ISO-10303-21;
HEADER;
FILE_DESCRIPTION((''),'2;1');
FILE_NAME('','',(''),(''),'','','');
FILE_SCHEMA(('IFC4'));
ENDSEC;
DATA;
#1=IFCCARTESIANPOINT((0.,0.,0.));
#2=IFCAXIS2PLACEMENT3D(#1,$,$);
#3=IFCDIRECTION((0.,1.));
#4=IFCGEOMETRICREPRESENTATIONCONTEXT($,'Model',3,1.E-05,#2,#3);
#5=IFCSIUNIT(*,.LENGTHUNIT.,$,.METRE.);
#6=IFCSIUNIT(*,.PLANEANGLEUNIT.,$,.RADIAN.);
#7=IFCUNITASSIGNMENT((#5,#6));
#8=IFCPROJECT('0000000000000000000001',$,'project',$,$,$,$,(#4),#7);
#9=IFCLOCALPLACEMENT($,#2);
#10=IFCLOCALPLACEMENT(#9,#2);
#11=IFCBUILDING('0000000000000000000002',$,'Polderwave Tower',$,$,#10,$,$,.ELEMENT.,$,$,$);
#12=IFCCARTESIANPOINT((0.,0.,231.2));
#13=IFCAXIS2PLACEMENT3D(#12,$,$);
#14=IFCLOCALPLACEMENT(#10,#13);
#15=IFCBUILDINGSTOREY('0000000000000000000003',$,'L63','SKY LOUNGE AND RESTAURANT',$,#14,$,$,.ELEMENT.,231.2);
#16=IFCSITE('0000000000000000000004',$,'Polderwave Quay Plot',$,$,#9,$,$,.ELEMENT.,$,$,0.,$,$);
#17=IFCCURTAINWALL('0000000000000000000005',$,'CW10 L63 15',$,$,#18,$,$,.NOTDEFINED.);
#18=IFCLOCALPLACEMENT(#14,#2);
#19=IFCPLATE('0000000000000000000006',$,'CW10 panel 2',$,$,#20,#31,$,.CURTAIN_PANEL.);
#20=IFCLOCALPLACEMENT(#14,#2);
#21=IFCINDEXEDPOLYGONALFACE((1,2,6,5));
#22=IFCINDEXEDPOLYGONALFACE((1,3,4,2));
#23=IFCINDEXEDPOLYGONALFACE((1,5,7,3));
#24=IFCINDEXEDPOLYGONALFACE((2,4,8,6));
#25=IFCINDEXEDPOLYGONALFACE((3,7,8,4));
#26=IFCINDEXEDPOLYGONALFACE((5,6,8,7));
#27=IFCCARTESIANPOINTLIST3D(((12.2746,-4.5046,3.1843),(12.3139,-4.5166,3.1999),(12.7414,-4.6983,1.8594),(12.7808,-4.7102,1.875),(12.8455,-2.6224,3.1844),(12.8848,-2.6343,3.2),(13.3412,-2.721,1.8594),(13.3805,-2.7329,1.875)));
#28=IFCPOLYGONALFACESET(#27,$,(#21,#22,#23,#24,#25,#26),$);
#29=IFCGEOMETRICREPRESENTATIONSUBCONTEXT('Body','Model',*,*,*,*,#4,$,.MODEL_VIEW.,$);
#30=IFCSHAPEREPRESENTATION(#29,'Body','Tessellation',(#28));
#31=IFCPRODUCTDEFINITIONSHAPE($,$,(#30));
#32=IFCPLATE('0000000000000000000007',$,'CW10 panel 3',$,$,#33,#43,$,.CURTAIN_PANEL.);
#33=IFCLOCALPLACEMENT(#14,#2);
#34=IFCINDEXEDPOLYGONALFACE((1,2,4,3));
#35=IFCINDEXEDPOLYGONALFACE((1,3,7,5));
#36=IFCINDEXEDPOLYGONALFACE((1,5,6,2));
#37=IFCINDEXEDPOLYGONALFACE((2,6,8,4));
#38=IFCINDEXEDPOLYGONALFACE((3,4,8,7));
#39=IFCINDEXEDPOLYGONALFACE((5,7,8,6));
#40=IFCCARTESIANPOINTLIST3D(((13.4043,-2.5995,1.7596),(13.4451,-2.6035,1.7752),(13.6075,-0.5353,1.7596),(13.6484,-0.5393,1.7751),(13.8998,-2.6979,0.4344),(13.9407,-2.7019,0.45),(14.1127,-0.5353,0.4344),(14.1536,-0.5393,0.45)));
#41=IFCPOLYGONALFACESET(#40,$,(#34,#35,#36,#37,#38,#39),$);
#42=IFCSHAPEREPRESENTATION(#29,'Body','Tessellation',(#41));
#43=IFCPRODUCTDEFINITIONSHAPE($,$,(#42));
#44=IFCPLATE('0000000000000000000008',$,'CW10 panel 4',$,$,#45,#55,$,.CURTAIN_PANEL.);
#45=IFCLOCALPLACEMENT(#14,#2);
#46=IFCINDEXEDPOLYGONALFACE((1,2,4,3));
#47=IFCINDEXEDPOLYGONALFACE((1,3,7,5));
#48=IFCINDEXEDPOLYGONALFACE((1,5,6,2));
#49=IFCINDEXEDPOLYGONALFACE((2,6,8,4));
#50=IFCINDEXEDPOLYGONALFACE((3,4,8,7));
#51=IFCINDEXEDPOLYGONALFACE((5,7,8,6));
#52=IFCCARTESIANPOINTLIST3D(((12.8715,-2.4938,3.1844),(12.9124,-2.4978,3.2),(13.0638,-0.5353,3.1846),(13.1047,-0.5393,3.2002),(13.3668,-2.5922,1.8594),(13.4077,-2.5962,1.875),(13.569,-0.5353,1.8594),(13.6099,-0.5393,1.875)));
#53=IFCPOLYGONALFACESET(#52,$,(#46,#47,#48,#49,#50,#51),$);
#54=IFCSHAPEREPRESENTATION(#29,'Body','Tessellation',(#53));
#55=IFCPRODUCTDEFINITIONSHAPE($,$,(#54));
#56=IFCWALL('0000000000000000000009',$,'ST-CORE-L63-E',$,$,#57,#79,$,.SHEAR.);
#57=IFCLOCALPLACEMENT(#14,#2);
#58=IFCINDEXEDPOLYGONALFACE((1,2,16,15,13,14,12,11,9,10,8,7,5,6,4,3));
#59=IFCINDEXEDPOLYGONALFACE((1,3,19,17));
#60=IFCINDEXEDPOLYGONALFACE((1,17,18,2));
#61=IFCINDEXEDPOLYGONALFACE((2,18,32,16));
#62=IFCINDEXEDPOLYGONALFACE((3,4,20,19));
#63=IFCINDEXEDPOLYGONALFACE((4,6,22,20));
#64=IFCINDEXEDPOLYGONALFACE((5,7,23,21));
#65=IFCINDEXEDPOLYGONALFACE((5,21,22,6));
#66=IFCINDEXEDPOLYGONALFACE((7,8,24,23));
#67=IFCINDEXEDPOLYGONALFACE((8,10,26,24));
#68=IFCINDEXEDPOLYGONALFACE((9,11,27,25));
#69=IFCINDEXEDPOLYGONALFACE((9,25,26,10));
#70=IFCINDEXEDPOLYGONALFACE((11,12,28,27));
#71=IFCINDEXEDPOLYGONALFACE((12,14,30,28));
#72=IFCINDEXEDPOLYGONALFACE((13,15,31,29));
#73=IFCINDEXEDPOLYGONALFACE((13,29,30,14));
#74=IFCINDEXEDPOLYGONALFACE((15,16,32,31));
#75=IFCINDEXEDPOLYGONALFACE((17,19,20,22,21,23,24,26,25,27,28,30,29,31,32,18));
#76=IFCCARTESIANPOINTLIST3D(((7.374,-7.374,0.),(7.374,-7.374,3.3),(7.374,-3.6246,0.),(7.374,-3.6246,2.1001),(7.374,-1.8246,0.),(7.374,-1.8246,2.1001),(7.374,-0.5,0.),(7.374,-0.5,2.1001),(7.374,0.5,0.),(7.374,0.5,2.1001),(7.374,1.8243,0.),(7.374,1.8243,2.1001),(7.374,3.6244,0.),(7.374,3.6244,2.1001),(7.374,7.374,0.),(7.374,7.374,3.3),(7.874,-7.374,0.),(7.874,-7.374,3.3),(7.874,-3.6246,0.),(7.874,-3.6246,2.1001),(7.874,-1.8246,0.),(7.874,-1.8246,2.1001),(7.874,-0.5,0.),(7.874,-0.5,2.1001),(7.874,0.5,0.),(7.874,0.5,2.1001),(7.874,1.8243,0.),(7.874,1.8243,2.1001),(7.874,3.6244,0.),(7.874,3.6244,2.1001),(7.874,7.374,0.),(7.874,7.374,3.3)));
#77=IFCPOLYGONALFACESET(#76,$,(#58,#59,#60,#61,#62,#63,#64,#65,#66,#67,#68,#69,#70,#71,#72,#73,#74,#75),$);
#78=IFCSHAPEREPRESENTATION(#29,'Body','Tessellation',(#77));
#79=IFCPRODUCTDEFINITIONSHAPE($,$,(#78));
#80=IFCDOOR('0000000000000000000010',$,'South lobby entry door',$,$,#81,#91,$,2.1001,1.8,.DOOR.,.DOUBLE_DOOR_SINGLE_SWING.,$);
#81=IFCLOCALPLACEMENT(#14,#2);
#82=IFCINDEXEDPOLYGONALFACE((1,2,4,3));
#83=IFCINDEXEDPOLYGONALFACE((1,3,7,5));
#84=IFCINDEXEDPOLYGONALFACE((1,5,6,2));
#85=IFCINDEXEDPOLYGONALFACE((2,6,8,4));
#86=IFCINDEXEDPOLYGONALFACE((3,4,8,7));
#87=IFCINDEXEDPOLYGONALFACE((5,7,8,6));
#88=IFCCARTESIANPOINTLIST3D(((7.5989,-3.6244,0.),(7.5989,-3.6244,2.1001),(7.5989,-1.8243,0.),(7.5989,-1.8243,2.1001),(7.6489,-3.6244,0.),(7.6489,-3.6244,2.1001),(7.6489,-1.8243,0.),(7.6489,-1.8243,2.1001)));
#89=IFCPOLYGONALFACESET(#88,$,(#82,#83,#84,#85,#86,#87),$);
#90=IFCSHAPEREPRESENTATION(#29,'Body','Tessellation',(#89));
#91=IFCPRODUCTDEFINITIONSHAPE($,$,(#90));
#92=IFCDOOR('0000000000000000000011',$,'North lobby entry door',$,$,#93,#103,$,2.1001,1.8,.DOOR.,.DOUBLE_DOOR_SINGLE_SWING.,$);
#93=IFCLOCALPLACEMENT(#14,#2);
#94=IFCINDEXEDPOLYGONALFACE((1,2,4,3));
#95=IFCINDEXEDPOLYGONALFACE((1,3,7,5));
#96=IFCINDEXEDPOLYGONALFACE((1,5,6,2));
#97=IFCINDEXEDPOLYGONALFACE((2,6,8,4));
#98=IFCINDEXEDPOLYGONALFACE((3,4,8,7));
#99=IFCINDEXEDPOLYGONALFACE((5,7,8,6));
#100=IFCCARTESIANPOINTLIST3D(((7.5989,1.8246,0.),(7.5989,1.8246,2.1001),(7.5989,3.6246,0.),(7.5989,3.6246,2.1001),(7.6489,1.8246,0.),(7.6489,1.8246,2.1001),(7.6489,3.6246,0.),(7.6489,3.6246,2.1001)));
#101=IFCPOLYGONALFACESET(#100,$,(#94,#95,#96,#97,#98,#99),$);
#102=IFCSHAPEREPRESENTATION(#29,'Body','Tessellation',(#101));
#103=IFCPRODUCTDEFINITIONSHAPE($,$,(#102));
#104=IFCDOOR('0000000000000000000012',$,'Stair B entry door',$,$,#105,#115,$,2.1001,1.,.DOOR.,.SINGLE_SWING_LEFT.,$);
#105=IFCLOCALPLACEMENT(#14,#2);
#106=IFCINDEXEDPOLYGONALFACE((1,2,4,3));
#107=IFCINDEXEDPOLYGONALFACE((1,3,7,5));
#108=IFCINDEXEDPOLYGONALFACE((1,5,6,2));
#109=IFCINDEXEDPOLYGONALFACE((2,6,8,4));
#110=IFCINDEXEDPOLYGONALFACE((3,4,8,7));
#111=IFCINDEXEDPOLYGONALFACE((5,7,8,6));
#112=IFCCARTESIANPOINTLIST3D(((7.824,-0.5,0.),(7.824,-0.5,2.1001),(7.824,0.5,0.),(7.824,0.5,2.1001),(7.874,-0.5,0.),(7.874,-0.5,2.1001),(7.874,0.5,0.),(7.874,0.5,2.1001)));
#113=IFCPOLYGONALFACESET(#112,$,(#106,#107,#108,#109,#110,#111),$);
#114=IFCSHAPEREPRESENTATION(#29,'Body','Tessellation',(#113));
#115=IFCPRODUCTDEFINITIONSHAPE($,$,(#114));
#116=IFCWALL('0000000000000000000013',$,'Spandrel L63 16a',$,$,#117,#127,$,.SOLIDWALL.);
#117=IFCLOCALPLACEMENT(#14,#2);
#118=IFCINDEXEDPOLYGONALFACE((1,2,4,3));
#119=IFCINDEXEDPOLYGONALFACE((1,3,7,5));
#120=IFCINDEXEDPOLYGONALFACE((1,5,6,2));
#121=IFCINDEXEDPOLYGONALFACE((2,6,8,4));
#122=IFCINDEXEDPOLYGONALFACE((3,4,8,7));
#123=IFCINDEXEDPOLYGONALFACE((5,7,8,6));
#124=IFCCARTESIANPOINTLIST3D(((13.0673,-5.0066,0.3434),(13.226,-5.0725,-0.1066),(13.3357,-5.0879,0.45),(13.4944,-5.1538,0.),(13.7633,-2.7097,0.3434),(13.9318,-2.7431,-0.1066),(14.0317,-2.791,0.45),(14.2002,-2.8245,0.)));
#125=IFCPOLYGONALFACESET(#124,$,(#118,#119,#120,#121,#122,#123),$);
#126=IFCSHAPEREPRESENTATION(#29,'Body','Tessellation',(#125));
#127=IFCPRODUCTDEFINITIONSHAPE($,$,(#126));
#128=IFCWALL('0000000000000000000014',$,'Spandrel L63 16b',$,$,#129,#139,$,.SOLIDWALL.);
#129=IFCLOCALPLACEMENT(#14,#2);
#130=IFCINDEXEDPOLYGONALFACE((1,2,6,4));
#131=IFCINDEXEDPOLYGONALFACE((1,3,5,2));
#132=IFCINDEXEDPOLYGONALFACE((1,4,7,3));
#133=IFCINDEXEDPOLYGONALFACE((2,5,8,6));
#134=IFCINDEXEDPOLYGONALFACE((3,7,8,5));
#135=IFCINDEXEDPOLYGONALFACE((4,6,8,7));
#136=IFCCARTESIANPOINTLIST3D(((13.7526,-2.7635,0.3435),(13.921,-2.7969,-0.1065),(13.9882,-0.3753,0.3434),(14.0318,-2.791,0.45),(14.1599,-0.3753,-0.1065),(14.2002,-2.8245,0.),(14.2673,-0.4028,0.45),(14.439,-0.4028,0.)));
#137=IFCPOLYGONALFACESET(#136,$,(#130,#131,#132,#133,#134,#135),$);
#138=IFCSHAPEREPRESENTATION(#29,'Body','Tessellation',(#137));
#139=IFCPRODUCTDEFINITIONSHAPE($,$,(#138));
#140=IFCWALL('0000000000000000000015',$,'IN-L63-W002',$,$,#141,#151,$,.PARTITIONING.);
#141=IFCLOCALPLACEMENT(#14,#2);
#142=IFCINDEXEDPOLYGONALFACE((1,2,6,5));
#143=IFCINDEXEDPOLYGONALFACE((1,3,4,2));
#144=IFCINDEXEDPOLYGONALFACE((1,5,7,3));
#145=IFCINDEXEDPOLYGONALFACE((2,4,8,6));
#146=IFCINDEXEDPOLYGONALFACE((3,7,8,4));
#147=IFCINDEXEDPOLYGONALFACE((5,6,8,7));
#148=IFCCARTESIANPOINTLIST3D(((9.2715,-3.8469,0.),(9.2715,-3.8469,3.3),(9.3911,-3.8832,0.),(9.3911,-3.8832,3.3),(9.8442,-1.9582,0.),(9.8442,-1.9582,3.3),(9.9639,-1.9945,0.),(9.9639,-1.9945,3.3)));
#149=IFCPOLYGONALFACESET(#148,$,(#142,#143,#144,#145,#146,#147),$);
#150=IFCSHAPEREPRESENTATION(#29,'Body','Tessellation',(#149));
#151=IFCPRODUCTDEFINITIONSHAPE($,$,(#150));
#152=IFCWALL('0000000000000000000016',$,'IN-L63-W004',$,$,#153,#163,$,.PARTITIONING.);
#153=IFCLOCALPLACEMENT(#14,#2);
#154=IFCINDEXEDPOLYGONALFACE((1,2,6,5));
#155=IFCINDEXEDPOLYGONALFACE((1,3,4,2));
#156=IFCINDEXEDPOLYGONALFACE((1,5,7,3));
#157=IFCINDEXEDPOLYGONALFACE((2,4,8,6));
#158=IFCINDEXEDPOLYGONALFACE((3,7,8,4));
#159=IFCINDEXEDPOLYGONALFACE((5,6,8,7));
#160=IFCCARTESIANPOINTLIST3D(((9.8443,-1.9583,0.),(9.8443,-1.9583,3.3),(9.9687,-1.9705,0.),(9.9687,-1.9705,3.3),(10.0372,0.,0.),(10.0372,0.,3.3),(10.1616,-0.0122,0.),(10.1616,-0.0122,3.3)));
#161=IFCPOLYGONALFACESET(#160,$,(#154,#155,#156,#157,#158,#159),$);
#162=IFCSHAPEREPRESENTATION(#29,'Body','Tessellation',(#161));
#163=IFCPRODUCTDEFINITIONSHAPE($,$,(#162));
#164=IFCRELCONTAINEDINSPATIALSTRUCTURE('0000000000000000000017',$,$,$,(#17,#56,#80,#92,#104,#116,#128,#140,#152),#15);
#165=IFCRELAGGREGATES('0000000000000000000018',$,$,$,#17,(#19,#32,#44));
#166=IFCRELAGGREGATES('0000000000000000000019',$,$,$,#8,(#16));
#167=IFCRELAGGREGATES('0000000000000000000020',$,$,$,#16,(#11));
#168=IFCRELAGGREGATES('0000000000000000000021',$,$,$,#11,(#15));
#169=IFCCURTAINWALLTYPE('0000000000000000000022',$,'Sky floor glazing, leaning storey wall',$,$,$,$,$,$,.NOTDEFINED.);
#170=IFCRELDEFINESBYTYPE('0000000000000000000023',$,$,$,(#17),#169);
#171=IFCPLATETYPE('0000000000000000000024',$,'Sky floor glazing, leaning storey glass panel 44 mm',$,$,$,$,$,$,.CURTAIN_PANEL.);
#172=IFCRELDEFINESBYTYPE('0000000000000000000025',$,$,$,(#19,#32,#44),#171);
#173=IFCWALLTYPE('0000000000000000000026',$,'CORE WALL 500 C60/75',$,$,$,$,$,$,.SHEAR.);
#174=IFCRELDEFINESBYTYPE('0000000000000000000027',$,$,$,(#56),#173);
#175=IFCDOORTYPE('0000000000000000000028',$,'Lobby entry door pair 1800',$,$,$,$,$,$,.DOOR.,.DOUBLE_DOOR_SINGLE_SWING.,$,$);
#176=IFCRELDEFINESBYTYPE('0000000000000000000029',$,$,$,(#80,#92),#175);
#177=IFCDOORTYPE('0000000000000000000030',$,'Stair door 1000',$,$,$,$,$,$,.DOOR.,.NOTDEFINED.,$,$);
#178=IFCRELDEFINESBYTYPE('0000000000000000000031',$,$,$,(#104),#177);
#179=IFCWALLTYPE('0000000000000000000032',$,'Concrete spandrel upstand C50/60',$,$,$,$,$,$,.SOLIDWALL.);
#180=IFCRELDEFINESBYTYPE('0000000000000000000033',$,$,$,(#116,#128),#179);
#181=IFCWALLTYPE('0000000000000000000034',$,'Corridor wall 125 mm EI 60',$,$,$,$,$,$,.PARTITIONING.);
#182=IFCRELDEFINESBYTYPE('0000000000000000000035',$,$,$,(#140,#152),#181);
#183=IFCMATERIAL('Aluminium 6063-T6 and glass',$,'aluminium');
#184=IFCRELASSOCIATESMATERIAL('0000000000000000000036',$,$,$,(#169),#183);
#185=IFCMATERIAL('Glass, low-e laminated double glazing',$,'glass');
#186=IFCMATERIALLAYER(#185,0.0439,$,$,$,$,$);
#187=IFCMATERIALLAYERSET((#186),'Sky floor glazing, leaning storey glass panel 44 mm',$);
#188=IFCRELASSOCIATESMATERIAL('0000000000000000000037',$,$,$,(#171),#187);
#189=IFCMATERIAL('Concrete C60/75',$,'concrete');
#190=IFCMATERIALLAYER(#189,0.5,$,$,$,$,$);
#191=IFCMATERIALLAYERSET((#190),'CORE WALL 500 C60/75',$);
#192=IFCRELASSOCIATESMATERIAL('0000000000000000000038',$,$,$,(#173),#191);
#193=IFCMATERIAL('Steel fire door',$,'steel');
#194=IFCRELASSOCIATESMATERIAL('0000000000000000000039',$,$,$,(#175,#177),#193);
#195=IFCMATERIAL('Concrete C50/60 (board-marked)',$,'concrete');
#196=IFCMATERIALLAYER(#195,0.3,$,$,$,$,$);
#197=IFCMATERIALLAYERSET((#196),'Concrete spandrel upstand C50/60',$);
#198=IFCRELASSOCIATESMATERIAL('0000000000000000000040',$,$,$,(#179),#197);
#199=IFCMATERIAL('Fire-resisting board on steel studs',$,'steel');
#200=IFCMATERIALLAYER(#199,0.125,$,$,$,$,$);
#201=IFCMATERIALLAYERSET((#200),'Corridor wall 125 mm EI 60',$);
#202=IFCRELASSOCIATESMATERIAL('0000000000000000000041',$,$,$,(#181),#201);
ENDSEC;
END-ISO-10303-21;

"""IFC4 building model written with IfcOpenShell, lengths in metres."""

from ifc_helpers import new_model, si_unit, direction, frame, frame_2d, origin, place, context, subcontext, project, spatial, polyline, rectangle, outline, extrude, material, layer, layer_set, type_object, element, fill, aggregate, save


model = new_model("IFC4")

# Units and contexts
model_context = context("Model", 3, precision=1e-05, world=origin(), true_north=direction((0.0, 1.0)))
body_context = subcontext(model_context, "Body", "Model", "MODEL_VIEW")
ifc_project = project(units=[si_unit("LENGTHUNIT", "METRE"), si_unit("PLANEANGLEUNIT", "RADIAN")], contexts=[model_context])

# Site, building, storey
site_placement = place(None, origin())
site = spatial("IfcSite", under=ifc_project, at=site_placement, Name="Polderwave Quay Plot", CompositionType="ELEMENT", RefElevation=0.0)
building_placement = place(site_placement, origin())
building = spatial("IfcBuilding", under=site, at=building_placement, Name="Polderwave Tower", CompositionType="ELEMENT")
storey_placement = place(building_placement, frame((0.0, 0.0, 231.2)))
storey = spatial("IfcBuildingStorey", under=building, at=storey_placement, Name="L63", Description="SKY LOUNGE AND RESTAURANT", CompositionType="ELEMENT", Elevation=231.2)

# Shared definitions
ifc_material_1 = material(Name="Concrete C60/75", Category="concrete")

# Shared definitions
ifc_material_2 = material(Name="Aluminium 6063-T6 and glass", Category="aluminium")
curtain_wall_type = type_object("IfcCurtainWallType", Name="Sky floor glazing, leaning storey wall", PredefinedType="NOTDEFINED", material=ifc_material_2)

# Curtain wall
curtain_wall_1_placement = place(storey_placement, origin())
curtain_wall_1 = element("IfcCurtainWall", 1, at=curtain_wall_1_placement, inside=storey, type_object=curtain_wall_type, Name="CW10 L63 15", PredefinedType="NOTDEFINED")

# Plates
ifc_material_3 = material(Name="Glass, low-e laminated double glazing", Category="glass")
ifc_layer_1 = layer(ifc_material_3, 0.0439)
ifc_layer_set_1 = layer_set([ifc_layer_1], Name="Sky floor glazing, leaning storey glass panel 44 mm")
plate_type = type_object("IfcPlateType", Name="Sky floor glazing, leaning storey glass panel 44 mm", PredefinedType="CURTAIN_PANEL", material=ifc_layer_set_1)
plate_1_placement = place(storey_placement, frame((12.7808, -4.7102, 1.875), z_axis=(0.894647, -0.271354, 0.354929), x_axis=(0.290258, 0.956948, -0.000019)))
plate_1 = element("IfcPlate", 2, at=plate_1_placement, type_object=plate_type, Name="CW10 panel 2", PredefinedType="CURTAIN_PANEL", context=body_context, shape_type="SweptSolid", body=[
    extrude(outline(polyline([(0.0, 0.0), (2.0663, 0.0), (2.0167, 1.4173), (0.0498, 1.4172), (0.0, 0.0)])), origin(), (0.0, 0.0, -1.0), 0.0439),
])
plate_2_placement = place(storey_placement, frame((13.9407, -2.7019, 0.45), z_axis=(0.930469, -0.091633, 0.354727), x_axis=(0.098002, 0.995186, 0.000013)))
plate_2 = element("IfcPlate", 3, at=plate_2_placement, type_object=plate_type, Name="CW10 panel 3", PredefinedType="CURTAIN_PANEL", context=body_context, shape_type="SweptSolid", body=[
    extrude(outline(polyline([(0.0, 0.0), (2.1731, 0.0), (2.1236, 1.4173), (0.0494, 1.4174), (0.0, 0.0)])), origin(), (0.0, 0.0, -1.0), 0.0439),
])
plate_3_placement = place(storey_placement, frame((13.4077, -2.5962, 1.875), z_axis=(0.930505, -0.091448, 0.354681), x_axis=(0.097807, 0.995205, 0.0)))
plate_3 = element("IfcPlate", 4, at=plate_3_placement, type_object=plate_type, Name="CW10 panel 4", PredefinedType="CURTAIN_PANEL", context=body_context, shape_type="SweptSolid", body=[
    extrude(outline(polyline([(0.0, 0.0), (2.0668, 0.0), (2.0174, 1.4173), (0.0495, 1.4171), (0.0, 0.0)])), origin(), (0.0, 0.0, -1.0), 0.0439),
])
aggregate(curtain_wall_1, [plate_1, plate_2, plate_3])

# Wall, openings, doors
ifc_layer_2 = layer(ifc_material_1, 0.5)
ifc_layer_set_2 = layer_set([ifc_layer_2], Name="CORE WALL 500 C60/75")
wall_type_1 = type_object("IfcWallType", Name="CORE WALL 500 C60/75", PredefinedType="SHEAR", material=ifc_layer_set_2)
wall_1_placement = place(storey_placement, frame((7.624, -7.374, 0.0), z_axis=(0.0, 0.0, 1.0), x_axis=(0.0, 1.0, 0.0)))
wall_1 = element("IfcWall", 5, at=wall_1_placement, inside=storey, type_object=wall_type_1, Name="ST-CORE-L63-E", PredefinedType="SHEAR", context=body_context, shape_type="SweptSolid", body=[
    extrude(rectangle(XDim=14.748, YDim=0.5, at=frame_2d((7.374, 0.0))), origin(), (0.0, 0.0, 1.0), 3.3),
])
opening_1_placement = place(wall_1_placement, frame((6.874, 0.0, 0.0)))
opening_1 = element("IfcOpeningElement", 6, at=opening_1_placement, cuts=wall_1, PredefinedType="OPENING", context=body_context, shape_type="SweptSolid", body=[
    extrude(rectangle(XDim=1.0, YDim=2.1001, at=frame_2d((0.5, 1.05))), frame((0.0, 0.26, 0.0), z_axis=(0.0, -1.0, 0.0), x_axis=(1.0, 0.0, 0.0)), (0.0, 0.0, 1.0), 0.52),
])
opening_2_placement = place(wall_1_placement, frame((3.7495, 0.0, 0.0)))
opening_2 = element("IfcOpeningElement", 7, at=opening_2_placement, cuts=wall_1, PredefinedType="OPENING", context=body_context, shape_type="SweptSolid", body=[
    extrude(rectangle(XDim=1.8, YDim=2.1001, at=frame_2d((0.8999, 1.05))), frame((0.0, 0.26, 0.0), z_axis=(0.0, -1.0, 0.0), x_axis=(1.0, 0.0, 0.0)), (0.0, 0.0, 1.0), 0.52),
])
opening_3_placement = place(wall_1_placement, frame((9.1985, 0.0, 0.0)))
opening_3 = element("IfcOpeningElement", 8, at=opening_3_placement, cuts=wall_1, PredefinedType="OPENING", context=body_context, shape_type="SweptSolid", body=[
    extrude(rectangle(XDim=1.8, YDim=2.1001, at=frame_2d((0.8999, 1.05))), frame((0.0, 0.26, 0.0), z_axis=(0.0, -1.0, 0.0), x_axis=(1.0, 0.0, 0.0)), (0.0, 0.0, 1.0), 0.52),
])
ifc_material_4 = material(Name="Steel fire door", Category="steel")
door_type_1 = type_object("IfcDoorType", Name="Lobby entry door pair 1800", OperationType="DOUBLE_DOOR_SINGLE_SWING", PredefinedType="DOOR", material=ifc_material_4)
door_1_placement = place(opening_2_placement, frame((1.8, 0.0, 0.0), z_axis=(0.0, 0.0, 1.0), x_axis=(-1.0, 0.0, 0.0)))
door_1 = element("IfcDoor", 9, at=door_1_placement, inside=storey, type_object=door_type_1, Name="South lobby entry door", OperationType="DOUBLE_DOOR_SINGLE_SWING", OverallHeight=2.1001, OverallWidth=1.8, PredefinedType="DOOR", context=body_context, shape_type="SweptSolid", body=[
    extrude(rectangle(XDim=1.8, YDim=2.1001, at=frame_2d((0.8999, 1.05))), frame((0.0, 0.0249, 0.0), z_axis=(0.0, -1.0, 0.0), x_axis=(1.0, 0.0, 0.0)), (0.0, 0.0, 1.0), 0.05),
])
fill(opening_2, door_1)
door_2_placement = place(opening_3_placement, frame((1.8, 0.0, 0.0), z_axis=(0.0, 0.0, 1.0), x_axis=(-1.0, 0.0, 0.0)))
door_2 = element("IfcDoor", 10, at=door_2_placement, inside=storey, type_object=door_type_1, Name="North lobby entry door", OperationType="DOUBLE_DOOR_SINGLE_SWING", OverallHeight=2.1001, OverallWidth=1.8, PredefinedType="DOOR", context=body_context, shape_type="SweptSolid", body=[
    extrude(rectangle(XDim=1.8, YDim=2.1001, at=frame_2d((0.8999, 1.05))), frame((0.0, 0.0249, 0.0), z_axis=(0.0, -1.0, 0.0), x_axis=(1.0, 0.0, 0.0)), (0.0, 0.0, 1.0), 0.05),
])
fill(opening_3, door_2)
door_type_2 = type_object("IfcDoorType", Name="Stair door 1000", OperationType="NOTDEFINED", PredefinedType="DOOR", material=ifc_material_4)
door_3_placement = place(opening_1_placement, frame((1.0, 0.0, 0.0), z_axis=(0.0, 0.0, 1.0), x_axis=(-1.0, 0.0, 0.0)))
door_3 = element("IfcDoor", 11, at=door_3_placement, inside=storey, type_object=door_type_2, Name="Stair B entry door", OperationType="SINGLE_SWING_LEFT", OverallHeight=2.1001, OverallWidth=1.0, PredefinedType="DOOR", context=body_context, shape_type="SweptSolid", body=[
    extrude(rectangle(XDim=1.0, YDim=2.1001, at=frame_2d((0.5, 1.05))), frame((0.0, 0.25, 0.0), z_axis=(0.0, -1.0, 0.0), x_axis=(1.0, 0.0, 0.0)), (0.0, 0.0, 1.0), 0.05),
])
fill(opening_1, door_3)

# Walls
ifc_material_5 = material(Name="Concrete C50/60 (board-marked)", Category="concrete")
ifc_layer_3 = layer(ifc_material_5, 0.3)
ifc_layer_set_3 = layer_set([ifc_layer_3], Name="Concrete spandrel upstand C50/60")
wall_type_2 = type_object("IfcWallType", Name="Concrete spandrel upstand C50/60", PredefinedType="SOLIDWALL", material=ifc_layer_set_3)
wall_2_placement = place(storey_placement, frame((13.4944, -5.1538, 0.0), z_axis=(0.894631, -0.271095, 0.355166), x_axis=(0.29, 0.957027, 0.000005)))
element("IfcWall", 12, at=wall_2_placement, inside=storey, type_object=wall_type_2, Name="Spandrel L63 16a", PredefinedType="SOLIDWALL", context=body_context, shape_type="SweptSolid", body=[
    extrude(outline(polyline([(0.0, 0.0), (2.4339, 0.0), (2.4171, 0.4813), (0.0171, 0.4813), (0.0, 0.0)])), origin(), (0.0, 0.0, -1.0), 0.3),
])
wall_3_placement = place(storey_placement, frame((14.2002, -2.8245, 0.0), z_axis=(0.930351, -0.091755, 0.355005), x_axis=(0.098145, 0.995172, 0.000008)))
element("IfcWall", 13, at=wall_3_placement, inside=storey, type_object=wall_type_2, Name="Spandrel L63 16b", PredefinedType="SOLIDWALL", context=body_context, shape_type="SweptSolid", body=[
    extrude(outline(polyline([(0.0, 0.0), (2.4334, 0.0), (2.4165, 0.4813), (0.0168, 0.4813), (0.0, 0.0)])), origin(), (0.0, 0.0, -1.0), 0.3),
])
ifc_material_6 = material(Name="Fire-resisting board on steel studs", Category="steel")
ifc_layer_4 = layer(ifc_material_6, 0.125)
ifc_layer_set_4 = layer_set([ifc_layer_4], Name="Corridor wall 125 mm EI 60")
wall_type_3 = type_object("IfcWallType", Name="Corridor wall 125 mm EI 60", PredefinedType="PARTITIONING", material=ifc_layer_set_4)
wall_4_placement = place(storey_placement, frame((9.9041, -1.9763, 0.0), z_axis=(0.0, 0.0, 1.0), x_axis=(-0.290207, -0.956964, 0.0)))
element("IfcWall", 14, at=wall_4_placement, inside=storey, type_object=wall_type_3, Name="IN-L63-W002", PredefinedType="PARTITIONING", context=body_context, shape_type="SweptSolid", body=[
    extrude(rectangle(XDim=1.9736, YDim=0.125, at=frame_2d((0.9868, 0.0))), origin(), (0.0, 0.0, 1.0), 3.3),
])
wall_5_placement = place(storey_placement, frame((10.0994, -0.0061, 0.0), z_axis=(0.0, 0.0, 1.0), x_axis=(-0.098017, -0.995185, 0.0)))
element("IfcWall", 15, at=wall_5_placement, inside=storey, type_object=wall_type_3, Name="IN-L63-W004", PredefinedType="PARTITIONING", context=body_context, shape_type="SweptSolid", body=[
    extrude(rectangle(XDim=1.9678, YDim=0.125, at=frame_2d((0.9839, 0.0))), origin(), (0.0, 0.0, 1.0), 3.3),
])

save(model, "model.ifc")
